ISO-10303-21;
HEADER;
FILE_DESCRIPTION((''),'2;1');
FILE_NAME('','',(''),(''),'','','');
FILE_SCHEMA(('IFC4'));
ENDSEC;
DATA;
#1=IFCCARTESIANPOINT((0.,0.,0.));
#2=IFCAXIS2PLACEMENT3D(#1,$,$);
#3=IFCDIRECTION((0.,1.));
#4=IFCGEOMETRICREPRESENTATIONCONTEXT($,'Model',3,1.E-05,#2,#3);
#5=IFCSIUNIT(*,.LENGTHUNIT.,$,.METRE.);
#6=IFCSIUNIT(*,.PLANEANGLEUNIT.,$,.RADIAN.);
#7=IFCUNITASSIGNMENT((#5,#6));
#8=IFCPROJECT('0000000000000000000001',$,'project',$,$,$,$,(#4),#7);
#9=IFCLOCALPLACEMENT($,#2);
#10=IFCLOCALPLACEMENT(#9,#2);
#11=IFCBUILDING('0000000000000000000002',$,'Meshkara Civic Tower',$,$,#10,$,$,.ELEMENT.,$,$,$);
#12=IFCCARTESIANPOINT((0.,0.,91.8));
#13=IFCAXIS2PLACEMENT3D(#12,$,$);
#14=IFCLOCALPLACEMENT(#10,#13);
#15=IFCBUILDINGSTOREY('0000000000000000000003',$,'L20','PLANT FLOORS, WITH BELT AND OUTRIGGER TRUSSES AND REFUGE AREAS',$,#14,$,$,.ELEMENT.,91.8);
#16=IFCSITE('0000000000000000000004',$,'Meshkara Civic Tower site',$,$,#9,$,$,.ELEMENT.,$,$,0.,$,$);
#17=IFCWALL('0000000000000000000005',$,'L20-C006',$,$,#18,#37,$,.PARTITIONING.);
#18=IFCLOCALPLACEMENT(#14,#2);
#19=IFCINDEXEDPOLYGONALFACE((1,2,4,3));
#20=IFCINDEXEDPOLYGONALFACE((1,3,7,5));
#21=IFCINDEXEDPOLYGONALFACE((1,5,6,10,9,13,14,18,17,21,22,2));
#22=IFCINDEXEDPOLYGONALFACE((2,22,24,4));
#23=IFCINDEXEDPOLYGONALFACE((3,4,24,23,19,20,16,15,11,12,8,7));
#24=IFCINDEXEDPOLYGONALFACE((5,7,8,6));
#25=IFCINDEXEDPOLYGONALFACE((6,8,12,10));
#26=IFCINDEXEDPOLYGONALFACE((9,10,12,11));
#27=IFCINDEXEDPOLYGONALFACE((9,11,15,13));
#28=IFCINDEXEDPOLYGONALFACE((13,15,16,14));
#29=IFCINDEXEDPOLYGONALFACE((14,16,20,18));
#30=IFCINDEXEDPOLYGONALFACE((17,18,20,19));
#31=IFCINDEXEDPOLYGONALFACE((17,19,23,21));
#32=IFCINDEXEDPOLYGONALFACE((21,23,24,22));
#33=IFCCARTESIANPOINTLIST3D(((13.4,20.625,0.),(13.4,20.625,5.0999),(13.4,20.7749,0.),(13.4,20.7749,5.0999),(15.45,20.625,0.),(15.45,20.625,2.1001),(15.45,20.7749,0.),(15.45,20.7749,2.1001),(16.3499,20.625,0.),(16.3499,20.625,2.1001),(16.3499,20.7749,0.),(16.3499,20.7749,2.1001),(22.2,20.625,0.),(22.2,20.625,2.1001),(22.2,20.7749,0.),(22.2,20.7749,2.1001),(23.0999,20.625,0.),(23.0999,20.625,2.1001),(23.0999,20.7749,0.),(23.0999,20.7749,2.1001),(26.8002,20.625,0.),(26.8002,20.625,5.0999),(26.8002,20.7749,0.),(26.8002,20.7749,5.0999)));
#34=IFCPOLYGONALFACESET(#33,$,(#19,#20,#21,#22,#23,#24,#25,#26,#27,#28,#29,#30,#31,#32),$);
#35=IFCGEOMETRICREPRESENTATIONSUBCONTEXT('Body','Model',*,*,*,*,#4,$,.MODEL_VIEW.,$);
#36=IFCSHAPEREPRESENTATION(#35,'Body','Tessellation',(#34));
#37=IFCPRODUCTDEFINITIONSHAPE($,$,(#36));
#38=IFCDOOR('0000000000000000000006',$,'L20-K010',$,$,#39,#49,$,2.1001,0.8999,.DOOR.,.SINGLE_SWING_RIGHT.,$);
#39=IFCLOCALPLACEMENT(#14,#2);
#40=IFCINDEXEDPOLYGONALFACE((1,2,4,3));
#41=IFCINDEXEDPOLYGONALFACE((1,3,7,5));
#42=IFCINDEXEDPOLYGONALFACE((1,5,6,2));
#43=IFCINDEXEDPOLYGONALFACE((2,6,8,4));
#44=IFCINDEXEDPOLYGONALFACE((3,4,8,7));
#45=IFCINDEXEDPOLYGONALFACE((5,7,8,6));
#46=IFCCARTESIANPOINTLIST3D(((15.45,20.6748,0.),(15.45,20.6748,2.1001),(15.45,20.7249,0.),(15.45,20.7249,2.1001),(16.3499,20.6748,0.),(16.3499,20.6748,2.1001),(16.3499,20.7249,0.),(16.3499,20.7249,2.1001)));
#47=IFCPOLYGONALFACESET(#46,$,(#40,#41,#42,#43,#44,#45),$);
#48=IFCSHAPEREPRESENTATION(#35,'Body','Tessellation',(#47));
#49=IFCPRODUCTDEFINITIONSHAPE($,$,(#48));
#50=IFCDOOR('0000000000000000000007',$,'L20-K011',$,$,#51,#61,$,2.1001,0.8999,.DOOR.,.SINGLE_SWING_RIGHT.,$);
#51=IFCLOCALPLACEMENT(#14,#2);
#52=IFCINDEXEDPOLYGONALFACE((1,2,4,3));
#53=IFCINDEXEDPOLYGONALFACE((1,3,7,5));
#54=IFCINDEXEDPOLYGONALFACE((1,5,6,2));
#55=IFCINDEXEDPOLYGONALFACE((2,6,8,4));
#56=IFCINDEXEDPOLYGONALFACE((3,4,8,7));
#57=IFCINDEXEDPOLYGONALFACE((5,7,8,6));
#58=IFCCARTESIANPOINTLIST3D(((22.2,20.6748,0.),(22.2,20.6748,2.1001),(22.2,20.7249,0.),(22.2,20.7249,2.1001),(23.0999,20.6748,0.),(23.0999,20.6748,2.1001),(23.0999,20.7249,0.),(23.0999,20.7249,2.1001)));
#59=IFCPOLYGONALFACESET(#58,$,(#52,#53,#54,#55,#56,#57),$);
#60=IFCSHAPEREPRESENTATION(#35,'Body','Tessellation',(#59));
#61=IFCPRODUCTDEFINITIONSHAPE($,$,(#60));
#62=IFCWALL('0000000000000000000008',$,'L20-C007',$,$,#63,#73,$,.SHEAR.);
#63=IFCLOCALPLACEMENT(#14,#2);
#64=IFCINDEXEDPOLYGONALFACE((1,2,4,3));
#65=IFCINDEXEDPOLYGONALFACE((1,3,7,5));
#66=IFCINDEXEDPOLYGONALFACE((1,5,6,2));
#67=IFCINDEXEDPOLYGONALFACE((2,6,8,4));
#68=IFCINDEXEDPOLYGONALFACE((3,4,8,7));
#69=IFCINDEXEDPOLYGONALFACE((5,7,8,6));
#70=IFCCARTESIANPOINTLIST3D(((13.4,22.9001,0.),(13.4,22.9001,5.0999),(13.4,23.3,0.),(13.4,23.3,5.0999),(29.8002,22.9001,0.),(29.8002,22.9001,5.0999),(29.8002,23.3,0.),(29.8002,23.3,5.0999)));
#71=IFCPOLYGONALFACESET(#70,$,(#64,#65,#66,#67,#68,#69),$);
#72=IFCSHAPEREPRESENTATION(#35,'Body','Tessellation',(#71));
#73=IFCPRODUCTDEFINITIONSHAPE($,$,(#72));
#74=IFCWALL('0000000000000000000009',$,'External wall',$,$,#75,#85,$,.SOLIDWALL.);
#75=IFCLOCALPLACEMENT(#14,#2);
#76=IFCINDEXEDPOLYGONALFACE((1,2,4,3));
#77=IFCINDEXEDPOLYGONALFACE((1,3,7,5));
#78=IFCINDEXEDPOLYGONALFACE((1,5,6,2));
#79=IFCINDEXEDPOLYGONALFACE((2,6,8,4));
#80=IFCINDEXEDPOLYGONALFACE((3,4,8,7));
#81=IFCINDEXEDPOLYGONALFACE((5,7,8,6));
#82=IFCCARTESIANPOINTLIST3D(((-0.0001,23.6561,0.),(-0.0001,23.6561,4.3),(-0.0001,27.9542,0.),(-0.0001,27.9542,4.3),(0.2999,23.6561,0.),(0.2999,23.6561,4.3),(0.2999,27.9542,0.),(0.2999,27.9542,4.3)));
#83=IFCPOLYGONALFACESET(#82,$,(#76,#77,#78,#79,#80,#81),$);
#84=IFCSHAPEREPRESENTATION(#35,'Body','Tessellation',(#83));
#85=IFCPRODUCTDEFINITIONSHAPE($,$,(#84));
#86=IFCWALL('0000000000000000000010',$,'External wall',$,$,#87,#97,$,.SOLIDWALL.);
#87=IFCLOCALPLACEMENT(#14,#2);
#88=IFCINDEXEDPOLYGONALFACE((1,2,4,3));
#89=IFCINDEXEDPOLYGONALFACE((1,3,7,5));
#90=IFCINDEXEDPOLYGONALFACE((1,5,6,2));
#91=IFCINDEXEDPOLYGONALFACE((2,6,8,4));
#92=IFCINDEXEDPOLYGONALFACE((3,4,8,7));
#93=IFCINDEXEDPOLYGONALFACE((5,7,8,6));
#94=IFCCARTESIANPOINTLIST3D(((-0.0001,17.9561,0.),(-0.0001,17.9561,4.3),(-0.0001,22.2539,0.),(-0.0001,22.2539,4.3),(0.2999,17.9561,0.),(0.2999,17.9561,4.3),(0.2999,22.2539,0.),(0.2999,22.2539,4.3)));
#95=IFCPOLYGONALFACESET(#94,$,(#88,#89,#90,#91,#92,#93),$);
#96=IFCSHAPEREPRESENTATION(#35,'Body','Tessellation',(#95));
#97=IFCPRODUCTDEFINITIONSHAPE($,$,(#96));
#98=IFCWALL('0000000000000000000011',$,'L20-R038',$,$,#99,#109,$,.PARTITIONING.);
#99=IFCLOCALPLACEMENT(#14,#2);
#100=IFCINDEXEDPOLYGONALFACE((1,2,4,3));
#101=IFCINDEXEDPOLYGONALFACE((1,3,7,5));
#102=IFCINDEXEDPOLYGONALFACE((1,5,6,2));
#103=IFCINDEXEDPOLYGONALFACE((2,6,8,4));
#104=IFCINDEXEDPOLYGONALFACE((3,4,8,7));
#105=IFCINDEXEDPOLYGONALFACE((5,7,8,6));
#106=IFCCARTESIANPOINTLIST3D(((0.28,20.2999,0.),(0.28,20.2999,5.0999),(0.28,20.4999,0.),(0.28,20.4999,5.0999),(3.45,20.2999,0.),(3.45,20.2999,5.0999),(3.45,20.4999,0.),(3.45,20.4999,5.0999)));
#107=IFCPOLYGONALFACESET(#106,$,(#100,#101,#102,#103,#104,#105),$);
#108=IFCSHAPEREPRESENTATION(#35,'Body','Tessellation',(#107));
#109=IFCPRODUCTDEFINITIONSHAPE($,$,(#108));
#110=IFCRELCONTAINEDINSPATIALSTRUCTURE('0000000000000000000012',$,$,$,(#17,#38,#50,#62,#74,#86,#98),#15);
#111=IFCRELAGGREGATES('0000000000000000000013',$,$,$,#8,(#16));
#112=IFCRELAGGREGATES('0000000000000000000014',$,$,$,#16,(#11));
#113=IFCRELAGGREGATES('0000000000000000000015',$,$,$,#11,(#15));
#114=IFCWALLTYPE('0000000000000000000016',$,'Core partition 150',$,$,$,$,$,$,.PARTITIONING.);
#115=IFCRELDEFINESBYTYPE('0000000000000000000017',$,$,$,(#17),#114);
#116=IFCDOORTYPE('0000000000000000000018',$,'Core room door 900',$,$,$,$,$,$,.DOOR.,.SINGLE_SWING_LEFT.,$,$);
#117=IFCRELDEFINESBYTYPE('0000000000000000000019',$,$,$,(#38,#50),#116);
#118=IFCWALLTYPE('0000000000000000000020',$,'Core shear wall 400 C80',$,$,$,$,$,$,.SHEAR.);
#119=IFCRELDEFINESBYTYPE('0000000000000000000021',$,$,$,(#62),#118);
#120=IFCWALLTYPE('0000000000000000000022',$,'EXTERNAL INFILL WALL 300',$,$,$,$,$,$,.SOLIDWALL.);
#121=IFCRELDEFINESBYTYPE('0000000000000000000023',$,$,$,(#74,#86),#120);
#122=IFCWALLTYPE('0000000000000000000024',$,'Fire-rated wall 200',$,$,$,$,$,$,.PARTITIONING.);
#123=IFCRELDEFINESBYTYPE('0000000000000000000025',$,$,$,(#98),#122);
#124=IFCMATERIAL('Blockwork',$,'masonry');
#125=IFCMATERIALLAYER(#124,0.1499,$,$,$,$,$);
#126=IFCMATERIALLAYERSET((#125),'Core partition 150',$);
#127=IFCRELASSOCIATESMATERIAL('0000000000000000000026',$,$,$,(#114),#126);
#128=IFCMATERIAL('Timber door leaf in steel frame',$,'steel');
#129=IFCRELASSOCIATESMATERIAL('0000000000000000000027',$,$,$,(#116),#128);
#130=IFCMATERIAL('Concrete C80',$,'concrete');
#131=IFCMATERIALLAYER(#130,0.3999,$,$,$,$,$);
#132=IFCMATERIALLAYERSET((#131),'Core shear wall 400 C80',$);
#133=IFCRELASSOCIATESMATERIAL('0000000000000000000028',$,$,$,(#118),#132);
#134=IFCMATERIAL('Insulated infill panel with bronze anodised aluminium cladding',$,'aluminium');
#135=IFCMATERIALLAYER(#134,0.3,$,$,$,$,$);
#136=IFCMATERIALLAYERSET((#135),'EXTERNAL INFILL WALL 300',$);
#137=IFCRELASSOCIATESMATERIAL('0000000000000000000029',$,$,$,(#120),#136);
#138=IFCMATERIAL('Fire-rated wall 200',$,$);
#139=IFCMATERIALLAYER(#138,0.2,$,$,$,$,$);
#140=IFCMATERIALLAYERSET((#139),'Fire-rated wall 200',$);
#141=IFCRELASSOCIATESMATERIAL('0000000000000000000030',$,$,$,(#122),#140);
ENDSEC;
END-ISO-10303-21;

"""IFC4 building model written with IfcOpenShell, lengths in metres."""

from ifc_helpers import new_model, si_unit, direction, frame, frame_2d, origin, place, context, subcontext, project, spatial, rectangle, extrude, material, layer, layer_set, type_object, element, fill, save


model = new_model("IFC4")

# Units and contexts
model_context = context("Model", 3, precision=1e-05, world=origin(), true_north=direction((0.0, 1.0)))
body_context = subcontext(model_context, "Body", "Model", "MODEL_VIEW")
ifc_project = project(units=[si_unit("LENGTHUNIT", "METRE"), si_unit("PLANEANGLEUNIT", "RADIAN")], contexts=[model_context])

# Site, building, storey
site_placement = place(None, origin())
site = spatial("IfcSite", under=ifc_project, at=site_placement, Name="Meshkara Civic Tower site", CompositionType="ELEMENT", RefElevation=0.0)
building_placement = place(site_placement, origin())
building = spatial("IfcBuilding", under=site, at=building_placement, Name="Meshkara Civic Tower", CompositionType="ELEMENT")
storey_placement = place(building_placement, frame((0.0, 0.0, 91.8)))
storey = spatial("IfcBuildingStorey", under=building, at=storey_placement, Name="L20", Description="PLANT FLOORS, WITH BELT AND OUTRIGGER TRUSSES AND REFUGE AREAS", CompositionType="ELEMENT", Elevation=91.8)

# Wall, openings, doors
ifc_material_1 = material(Name="Blockwork", Category="masonry")
ifc_layer_1 = layer(ifc_material_1, 0.1499)
ifc_layer_set_1 = layer_set([ifc_layer_1], Name="Core partition 150")
wall_type_1 = type_object("IfcWallType", Name="Core partition 150", PredefinedType="PARTITIONING", material=ifc_layer_set_1)
wall_1_placement = place(storey_placement, frame((13.3999, 20.7, 0.0), z_axis=(0.0, 0.0, 1.0), x_axis=(1.0, 0.0, 0.0)))
wall_1 = element("IfcWall", 1, at=wall_1_placement, inside=storey, type_object=wall_type_1, Name="L20-C006", PredefinedType="PARTITIONING", context=body_context, shape_type="SweptSolid", body=[
    extrude(rectangle(XDim=13.4001, YDim=0.1499, at=frame_2d((6.7002, 0.0))), origin(), (0.0, 0.0, 1.0), 5.0999),
])
opening_1_placement = place(wall_1_placement, frame((2.05, 0.0, 0.0)))
opening_1 = element("IfcOpeningElement", 2, at=opening_1_placement, cuts=wall_1, PredefinedType="OPENING", context=body_context, shape_type="SweptSolid", body=[
    extrude(rectangle(XDim=0.8999, YDim=2.1001, at=frame_2d((0.45, 1.05))), frame((0.0, 0.085, 0.0), z_axis=(0.0, -1.0, 0.0), x_axis=(1.0, 0.0, 0.0)), (0.0, 0.0, 1.0), 0.1699),
])
opening_2_placement = place(wall_1_placement, frame((8.8, 0.0, 0.0)))
opening_2 = element("IfcOpeningElement", 3, at=opening_2_placement, cuts=wall_1, PredefinedType="OPENING", context=body_context, shape_type="SweptSolid", body=[
    extrude(rectangle(XDim=0.8999, YDim=2.1001, at=frame_2d((0.45, 1.05))), frame((0.0, 0.085, 0.0), z_axis=(0.0, -1.0, 0.0), x_axis=(1.0, 0.0, 0.0)), (0.0, 0.0, 1.0), 0.1699),
])
ifc_material_2 = material(Name="Timber door leaf in steel frame", Category="steel")
door_type_1 = type_object("IfcDoorType", Name="Core room door 900", OperationType="SINGLE_SWING_LEFT", PredefinedType="DOOR", material=ifc_material_2)
door_1_placement = place(opening_1_placement, origin())
door_1 = element("IfcDoor", 4, at=door_1_placement, inside=storey, type_object=door_type_1, Name="L20-K010", OperationType="SINGLE_SWING_RIGHT", OverallHeight=2.1001, OverallWidth=0.8999, PredefinedType="DOOR", context=body_context, shape_type="SweptSolid", body=[
    extrude(rectangle(XDim=0.8999, YDim=2.1001, at=frame_2d((0.45, 1.05))), frame((0.0, 0.0249, 0.0), z_axis=(0.0, -1.0, 0.0), x_axis=(1.0, 0.0, 0.0)), (0.0, 0.0, 1.0), 0.05),
])
fill(opening_1, door_1)
door_2_placement = place(opening_2_placement, origin())
door_2 = element("IfcDoor", 5, at=door_2_placement, inside=storey, type_object=door_type_1, Name="L20-K011", OperationType="SINGLE_SWING_RIGHT", OverallHeight=2.1001, OverallWidth=0.8999, PredefinedType="DOOR", context=body_context, shape_type="SweptSolid", body=[
    extrude(rectangle(XDim=0.8999, YDim=2.1001, at=frame_2d((0.45, 1.05))), frame((0.0, 0.0249, 0.0), z_axis=(0.0, -1.0, 0.0), x_axis=(1.0, 0.0, 0.0)), (0.0, 0.0, 1.0), 0.05),
])
fill(opening_2, door_2)

# Walls
ifc_material_3 = material(Name="Concrete C80", Category="concrete")
ifc_layer_2 = layer(ifc_material_3, 0.3999)
ifc_layer_set_2 = layer_set([ifc_layer_2], Name="Core shear wall 400 C80")
wall_type_2 = type_object("IfcWallType", Name="Core shear wall 400 C80", PredefinedType="SHEAR", material=ifc_layer_set_2)
wall_2_placement = place(storey_placement, frame((13.3999, 23.1001, 0.0), z_axis=(0.0, 0.0, 1.0), x_axis=(1.0, 0.0, 0.0)))
element("IfcWall", 6, at=wall_2_placement, inside=storey, type_object=wall_type_2, Name="L20-C007", PredefinedType="SHEAR", context=body_context, shape_type="SweptSolid", body=[
    extrude(rectangle(XDim=16.4001, YDim=0.3999, at=frame_2d((8.2002, 0.0))), origin(), (0.0, 0.0, 1.0), 5.0999),
])
ifc_material_4 = material(Name="Insulated infill panel with bronze anodised aluminium cladding", Category="aluminium")
ifc_layer_3 = layer(ifc_material_4, 0.3)
ifc_layer_set_3 = layer_set([ifc_layer_3], Name="EXTERNAL INFILL WALL 300")
wall_type_3 = type_object("IfcWallType", Name="EXTERNAL INFILL WALL 300", PredefinedType="SOLIDWALL", material=ifc_layer_set_3)
wall_3_placement = place(storey_placement, frame((0.1499, 27.9541, 0.0), z_axis=(0.0, 0.0, 1.0), x_axis=(0.0, -1.0, 0.0)))
element("IfcWall", 7, at=wall_3_placement, inside=storey, type_object=wall_type_3, Name="External wall", PredefinedType="SOLIDWALL", context=body_context, shape_type="SweptSolid", body=[
    extrude(rectangle(XDim=4.2981, YDim=0.3, at=frame_2d((2.1489, 0.0))), origin(), (0.0, 0.0, 1.0), 4.3),
])
wall_4_placement = place(storey_placement, frame((0.1499, 22.2539, 0.0), z_axis=(0.0, 0.0, 1.0), x_axis=(0.0, -1.0, 0.0)))
element("IfcWall", 8, at=wall_4_placement, inside=storey, type_object=wall_type_3, Name="External wall", PredefinedType="SOLIDWALL", context=body_context, shape_type="SweptSolid", body=[
    extrude(rectangle(XDim=4.2979, YDim=0.3, at=frame_2d((2.1489, 0.0))), origin(), (0.0, 0.0, 1.0), 4.3),
])
ifc_material_5 = material(Name="Fire-rated wall 200")
ifc_layer_4 = layer(ifc_material_5, 0.2)
ifc_layer_set_4 = layer_set([ifc_layer_4], Name="Fire-rated wall 200")
wall_type_4 = type_object("IfcWallType", Name="Fire-rated wall 200", PredefinedType="PARTITIONING", material=ifc_layer_set_4)
wall_5_placement = place(storey_placement, frame((3.45, 20.3999, 0.0), z_axis=(0.0, 0.0, 1.0), x_axis=(-1.0, 0.0, 0.0)))
element("IfcWall", 9, at=wall_5_placement, inside=storey, type_object=wall_type_4, Name="L20-R038", PredefinedType="PARTITIONING", context=body_context, shape_type="SweptSolid", body=[
    extrude(rectangle(XDim=3.1699, YDim=0.2, at=frame_2d((1.585, 0.0))), origin(), (0.0, 0.0, 1.0), 5.0999),
])

save(model, "model.ifc")
